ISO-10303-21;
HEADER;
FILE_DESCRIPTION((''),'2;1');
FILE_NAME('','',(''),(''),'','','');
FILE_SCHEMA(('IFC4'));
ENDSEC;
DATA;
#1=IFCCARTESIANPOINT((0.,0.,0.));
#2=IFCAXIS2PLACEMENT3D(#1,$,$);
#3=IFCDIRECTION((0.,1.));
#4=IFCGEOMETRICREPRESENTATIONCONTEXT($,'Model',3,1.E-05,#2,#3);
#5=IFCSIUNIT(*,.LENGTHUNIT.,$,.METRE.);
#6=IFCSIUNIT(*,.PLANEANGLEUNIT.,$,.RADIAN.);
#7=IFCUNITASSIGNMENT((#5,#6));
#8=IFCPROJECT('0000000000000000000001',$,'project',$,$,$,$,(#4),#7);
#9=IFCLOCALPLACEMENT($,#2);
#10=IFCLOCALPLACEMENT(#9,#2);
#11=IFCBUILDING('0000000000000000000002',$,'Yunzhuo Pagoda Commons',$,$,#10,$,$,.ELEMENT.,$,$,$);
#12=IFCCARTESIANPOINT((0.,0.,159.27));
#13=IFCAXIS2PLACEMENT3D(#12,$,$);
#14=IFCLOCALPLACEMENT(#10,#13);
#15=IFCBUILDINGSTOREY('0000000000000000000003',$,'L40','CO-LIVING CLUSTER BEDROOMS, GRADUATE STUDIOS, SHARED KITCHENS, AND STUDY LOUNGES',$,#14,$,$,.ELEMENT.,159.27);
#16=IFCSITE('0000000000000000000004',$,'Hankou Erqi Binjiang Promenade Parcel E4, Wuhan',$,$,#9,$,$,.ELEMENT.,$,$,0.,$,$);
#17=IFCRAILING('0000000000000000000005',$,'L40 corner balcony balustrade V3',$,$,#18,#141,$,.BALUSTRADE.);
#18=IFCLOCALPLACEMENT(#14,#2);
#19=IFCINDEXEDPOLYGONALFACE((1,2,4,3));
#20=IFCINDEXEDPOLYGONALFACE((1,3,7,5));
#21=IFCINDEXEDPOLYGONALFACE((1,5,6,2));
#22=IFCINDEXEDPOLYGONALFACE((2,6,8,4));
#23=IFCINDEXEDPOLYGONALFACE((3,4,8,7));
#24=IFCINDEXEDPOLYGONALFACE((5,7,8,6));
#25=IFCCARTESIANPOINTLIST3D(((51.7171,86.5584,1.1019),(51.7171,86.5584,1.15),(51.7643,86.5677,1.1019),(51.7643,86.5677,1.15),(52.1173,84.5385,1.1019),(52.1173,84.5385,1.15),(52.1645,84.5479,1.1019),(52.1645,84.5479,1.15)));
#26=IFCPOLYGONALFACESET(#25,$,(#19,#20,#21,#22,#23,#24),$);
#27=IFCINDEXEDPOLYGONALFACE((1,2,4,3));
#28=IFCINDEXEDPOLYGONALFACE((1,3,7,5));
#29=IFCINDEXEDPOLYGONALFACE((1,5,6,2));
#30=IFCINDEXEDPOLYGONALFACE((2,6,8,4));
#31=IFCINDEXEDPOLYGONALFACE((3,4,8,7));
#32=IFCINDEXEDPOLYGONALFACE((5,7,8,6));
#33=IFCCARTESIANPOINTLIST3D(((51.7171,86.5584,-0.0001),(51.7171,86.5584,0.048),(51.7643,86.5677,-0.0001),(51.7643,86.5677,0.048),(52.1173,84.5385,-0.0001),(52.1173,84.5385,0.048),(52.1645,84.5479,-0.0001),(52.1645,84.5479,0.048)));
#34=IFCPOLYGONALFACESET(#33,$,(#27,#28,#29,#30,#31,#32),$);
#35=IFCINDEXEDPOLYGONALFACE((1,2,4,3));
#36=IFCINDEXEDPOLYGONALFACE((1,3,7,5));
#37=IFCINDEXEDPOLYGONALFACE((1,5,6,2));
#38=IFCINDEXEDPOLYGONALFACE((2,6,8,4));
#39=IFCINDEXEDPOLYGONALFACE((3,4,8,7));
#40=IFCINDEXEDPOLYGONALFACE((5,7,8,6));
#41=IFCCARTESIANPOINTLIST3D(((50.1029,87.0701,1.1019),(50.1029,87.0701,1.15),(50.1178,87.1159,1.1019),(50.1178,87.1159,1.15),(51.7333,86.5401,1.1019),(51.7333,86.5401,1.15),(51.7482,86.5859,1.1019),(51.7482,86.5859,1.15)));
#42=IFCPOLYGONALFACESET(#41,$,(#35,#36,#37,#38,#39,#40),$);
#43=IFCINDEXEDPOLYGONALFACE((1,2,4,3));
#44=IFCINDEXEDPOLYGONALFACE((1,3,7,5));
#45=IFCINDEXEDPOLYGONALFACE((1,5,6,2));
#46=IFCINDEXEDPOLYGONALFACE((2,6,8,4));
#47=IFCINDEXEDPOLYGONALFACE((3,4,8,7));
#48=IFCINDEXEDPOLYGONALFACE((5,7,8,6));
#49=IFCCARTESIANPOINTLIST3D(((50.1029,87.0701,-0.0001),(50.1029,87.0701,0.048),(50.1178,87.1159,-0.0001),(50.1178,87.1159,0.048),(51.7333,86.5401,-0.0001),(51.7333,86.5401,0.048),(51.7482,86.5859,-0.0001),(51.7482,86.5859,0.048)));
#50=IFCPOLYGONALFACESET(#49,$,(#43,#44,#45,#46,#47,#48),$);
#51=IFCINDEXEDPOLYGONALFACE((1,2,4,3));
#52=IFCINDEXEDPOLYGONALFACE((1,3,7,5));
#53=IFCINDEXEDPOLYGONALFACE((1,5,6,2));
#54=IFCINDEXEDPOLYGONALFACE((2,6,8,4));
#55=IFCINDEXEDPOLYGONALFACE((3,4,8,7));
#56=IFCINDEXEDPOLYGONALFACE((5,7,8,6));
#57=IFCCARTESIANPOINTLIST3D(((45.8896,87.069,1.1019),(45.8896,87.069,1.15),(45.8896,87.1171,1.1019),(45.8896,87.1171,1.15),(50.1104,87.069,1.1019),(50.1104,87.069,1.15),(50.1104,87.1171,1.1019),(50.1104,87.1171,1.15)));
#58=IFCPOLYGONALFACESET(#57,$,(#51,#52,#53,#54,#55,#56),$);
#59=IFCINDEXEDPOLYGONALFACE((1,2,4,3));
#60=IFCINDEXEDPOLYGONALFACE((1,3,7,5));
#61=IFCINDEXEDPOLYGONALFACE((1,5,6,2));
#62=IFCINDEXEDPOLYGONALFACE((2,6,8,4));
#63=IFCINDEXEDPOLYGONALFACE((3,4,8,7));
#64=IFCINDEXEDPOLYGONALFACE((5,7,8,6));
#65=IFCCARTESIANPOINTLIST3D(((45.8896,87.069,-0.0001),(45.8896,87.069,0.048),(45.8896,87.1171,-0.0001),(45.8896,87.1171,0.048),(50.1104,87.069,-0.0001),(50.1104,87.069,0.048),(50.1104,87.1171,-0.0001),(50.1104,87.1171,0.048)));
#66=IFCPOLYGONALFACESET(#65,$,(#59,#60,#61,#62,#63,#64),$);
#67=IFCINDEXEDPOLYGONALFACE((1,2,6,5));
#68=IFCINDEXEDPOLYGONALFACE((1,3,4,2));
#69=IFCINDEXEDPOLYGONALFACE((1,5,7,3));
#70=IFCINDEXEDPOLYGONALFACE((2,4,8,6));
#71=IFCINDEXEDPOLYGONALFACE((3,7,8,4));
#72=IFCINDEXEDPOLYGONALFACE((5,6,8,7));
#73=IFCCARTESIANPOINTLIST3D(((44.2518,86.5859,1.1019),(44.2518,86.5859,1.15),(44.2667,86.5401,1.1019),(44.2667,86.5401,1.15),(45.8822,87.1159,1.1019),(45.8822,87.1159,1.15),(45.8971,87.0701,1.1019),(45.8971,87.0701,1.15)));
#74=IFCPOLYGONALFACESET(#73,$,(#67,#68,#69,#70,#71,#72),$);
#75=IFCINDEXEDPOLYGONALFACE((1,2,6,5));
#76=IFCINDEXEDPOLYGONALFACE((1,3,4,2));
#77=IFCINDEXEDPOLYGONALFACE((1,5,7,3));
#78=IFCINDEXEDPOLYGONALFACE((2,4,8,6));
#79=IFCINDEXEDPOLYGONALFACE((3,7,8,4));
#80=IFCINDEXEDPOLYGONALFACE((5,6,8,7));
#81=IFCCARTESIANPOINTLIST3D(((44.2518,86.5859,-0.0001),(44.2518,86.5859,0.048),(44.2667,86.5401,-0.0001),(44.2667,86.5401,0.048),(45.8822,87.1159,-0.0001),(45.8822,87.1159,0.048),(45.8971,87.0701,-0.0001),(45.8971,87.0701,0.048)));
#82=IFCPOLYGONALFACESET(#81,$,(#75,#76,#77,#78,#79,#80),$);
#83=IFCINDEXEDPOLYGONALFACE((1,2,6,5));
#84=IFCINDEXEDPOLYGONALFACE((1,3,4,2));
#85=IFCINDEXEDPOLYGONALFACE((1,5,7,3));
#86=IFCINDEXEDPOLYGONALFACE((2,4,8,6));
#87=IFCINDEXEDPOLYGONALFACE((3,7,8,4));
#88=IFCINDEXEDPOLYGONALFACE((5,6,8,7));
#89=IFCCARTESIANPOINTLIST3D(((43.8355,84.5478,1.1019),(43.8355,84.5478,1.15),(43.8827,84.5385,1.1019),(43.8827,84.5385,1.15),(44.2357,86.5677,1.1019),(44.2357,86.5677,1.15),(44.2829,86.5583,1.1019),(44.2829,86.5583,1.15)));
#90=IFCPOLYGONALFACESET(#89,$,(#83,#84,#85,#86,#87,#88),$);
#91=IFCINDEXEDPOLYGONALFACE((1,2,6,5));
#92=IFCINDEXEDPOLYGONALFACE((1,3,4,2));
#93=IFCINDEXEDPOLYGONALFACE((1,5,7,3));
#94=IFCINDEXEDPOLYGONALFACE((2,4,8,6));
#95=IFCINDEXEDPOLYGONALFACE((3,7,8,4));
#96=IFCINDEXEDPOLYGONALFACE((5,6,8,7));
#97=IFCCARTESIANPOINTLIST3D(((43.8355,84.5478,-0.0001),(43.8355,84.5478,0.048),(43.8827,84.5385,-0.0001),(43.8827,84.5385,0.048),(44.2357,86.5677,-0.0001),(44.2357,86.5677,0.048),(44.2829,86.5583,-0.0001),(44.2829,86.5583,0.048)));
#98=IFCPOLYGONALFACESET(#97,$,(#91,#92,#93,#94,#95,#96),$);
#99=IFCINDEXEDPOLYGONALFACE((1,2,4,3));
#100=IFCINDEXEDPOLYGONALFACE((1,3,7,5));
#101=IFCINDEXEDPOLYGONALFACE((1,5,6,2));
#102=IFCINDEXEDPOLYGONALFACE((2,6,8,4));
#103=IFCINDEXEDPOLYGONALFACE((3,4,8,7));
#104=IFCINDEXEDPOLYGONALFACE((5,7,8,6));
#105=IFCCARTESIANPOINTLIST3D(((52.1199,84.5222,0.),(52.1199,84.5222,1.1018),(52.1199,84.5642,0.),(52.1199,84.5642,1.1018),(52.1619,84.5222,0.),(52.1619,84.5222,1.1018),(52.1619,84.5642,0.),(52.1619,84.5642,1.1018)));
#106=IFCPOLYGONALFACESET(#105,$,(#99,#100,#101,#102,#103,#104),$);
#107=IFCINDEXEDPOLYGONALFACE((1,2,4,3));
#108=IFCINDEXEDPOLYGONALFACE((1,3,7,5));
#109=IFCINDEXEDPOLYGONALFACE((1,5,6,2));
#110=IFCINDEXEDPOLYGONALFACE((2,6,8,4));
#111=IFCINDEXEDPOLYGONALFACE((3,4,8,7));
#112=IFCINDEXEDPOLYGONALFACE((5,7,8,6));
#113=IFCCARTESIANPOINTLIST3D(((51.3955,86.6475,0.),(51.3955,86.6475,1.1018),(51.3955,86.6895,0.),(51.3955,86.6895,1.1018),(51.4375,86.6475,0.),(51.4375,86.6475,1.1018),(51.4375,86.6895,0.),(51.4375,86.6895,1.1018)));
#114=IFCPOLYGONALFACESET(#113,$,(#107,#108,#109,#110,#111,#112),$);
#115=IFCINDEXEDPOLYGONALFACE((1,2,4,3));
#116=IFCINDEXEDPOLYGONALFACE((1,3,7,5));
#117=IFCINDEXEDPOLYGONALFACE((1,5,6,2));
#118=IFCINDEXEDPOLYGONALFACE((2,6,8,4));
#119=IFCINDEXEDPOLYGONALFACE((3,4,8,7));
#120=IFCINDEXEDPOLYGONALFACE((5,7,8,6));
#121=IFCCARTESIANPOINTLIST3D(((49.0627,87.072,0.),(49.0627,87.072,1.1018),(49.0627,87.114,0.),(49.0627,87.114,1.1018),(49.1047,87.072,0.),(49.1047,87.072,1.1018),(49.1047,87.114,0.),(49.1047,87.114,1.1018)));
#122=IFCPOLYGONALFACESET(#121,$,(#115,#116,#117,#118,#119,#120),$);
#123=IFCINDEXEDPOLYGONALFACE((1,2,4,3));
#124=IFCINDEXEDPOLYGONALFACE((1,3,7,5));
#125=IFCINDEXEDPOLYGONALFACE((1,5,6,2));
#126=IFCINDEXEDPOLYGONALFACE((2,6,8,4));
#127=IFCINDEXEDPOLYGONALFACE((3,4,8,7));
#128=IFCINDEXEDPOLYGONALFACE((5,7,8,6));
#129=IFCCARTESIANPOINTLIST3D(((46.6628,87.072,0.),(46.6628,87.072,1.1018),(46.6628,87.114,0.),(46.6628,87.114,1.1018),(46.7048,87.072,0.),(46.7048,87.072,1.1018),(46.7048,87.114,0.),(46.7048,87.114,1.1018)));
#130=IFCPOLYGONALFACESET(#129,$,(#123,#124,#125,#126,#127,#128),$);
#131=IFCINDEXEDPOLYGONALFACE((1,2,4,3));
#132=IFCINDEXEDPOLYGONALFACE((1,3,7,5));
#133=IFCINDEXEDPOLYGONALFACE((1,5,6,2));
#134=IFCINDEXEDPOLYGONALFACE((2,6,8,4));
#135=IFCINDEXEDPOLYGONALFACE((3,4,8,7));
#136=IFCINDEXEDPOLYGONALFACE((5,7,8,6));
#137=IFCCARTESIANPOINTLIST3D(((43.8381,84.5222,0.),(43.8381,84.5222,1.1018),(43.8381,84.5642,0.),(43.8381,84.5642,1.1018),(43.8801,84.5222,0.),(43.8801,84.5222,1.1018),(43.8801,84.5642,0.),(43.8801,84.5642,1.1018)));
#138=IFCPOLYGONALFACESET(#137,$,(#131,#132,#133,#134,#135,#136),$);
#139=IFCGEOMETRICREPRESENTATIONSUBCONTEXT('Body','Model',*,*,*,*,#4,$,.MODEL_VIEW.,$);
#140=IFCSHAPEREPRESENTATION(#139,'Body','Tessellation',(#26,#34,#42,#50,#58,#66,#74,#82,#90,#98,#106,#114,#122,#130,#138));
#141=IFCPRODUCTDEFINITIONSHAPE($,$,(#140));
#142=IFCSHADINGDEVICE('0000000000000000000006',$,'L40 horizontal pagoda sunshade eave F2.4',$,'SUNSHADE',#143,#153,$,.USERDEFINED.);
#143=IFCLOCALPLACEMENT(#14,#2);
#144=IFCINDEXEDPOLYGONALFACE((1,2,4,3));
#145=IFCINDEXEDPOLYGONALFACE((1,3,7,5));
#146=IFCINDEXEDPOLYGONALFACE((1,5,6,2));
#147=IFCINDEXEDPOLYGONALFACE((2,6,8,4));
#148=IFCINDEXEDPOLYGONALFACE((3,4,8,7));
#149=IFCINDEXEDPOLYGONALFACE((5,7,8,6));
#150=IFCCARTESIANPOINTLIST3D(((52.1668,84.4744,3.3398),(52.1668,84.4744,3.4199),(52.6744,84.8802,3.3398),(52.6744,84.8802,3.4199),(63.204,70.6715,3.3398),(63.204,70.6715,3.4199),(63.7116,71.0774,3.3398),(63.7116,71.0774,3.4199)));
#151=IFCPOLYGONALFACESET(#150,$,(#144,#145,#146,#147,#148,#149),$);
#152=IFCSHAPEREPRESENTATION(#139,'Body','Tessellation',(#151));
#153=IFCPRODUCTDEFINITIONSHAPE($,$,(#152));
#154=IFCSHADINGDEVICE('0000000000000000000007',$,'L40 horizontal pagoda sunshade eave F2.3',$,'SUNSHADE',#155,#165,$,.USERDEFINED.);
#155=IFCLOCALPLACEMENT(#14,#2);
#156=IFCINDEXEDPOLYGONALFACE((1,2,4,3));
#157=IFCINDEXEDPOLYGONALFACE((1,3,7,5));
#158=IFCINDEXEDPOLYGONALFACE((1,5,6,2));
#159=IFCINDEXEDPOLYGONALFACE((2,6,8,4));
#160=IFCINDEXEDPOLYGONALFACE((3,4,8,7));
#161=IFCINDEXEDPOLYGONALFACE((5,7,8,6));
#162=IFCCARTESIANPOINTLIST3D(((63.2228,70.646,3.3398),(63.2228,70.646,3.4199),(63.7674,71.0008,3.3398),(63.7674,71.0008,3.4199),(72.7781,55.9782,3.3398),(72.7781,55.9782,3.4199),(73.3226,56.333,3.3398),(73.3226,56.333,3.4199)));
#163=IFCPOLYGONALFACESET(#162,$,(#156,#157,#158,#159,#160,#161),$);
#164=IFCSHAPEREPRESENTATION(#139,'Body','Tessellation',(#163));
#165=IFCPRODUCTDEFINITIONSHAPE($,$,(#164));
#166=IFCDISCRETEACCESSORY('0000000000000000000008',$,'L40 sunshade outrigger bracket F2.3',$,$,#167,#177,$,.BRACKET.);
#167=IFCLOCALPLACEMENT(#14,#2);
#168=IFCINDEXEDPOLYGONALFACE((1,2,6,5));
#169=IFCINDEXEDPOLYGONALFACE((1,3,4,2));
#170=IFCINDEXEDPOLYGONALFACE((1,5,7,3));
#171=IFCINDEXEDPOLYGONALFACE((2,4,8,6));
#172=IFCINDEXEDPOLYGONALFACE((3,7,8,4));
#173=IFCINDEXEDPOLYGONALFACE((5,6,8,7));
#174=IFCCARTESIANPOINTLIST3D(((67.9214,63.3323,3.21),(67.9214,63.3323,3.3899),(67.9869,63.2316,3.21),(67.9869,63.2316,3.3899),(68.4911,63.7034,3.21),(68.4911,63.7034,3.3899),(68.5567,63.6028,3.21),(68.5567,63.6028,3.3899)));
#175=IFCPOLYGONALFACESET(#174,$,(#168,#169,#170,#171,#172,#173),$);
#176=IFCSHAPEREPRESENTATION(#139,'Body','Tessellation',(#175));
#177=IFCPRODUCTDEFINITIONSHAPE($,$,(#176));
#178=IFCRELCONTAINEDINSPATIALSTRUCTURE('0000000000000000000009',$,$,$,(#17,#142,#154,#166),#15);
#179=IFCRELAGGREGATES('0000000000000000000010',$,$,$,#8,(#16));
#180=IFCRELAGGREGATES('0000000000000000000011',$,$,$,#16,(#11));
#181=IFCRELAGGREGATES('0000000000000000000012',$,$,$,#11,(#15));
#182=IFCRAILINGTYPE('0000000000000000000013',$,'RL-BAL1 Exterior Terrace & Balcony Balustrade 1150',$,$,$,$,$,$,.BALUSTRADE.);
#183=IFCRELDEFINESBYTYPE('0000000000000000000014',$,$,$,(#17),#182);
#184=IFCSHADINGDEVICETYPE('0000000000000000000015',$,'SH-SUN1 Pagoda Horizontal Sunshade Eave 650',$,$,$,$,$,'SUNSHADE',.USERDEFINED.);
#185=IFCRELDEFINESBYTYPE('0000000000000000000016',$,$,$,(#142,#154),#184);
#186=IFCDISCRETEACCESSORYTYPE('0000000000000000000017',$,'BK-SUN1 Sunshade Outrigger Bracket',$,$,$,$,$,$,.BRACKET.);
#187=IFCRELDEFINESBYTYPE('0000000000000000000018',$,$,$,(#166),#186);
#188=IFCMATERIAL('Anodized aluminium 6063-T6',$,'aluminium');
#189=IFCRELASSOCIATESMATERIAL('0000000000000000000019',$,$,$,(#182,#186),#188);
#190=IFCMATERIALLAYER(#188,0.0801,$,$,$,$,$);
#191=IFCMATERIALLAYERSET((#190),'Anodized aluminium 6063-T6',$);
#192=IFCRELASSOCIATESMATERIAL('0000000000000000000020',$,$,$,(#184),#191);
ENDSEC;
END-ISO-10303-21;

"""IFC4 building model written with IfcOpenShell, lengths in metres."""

from ifc_helpers import new_model, si_unit, direction, frame, origin, origin_2d, place, context, subcontext, project, spatial, rectangle, extrude, source, transform, mapped, material, layer, layer_set, type_object, element, save


model = new_model("IFC4")

# Units and contexts
model_context = context("Model", 3, precision=1e-05, world=origin(), true_north=direction((0.0, 1.0)))
body_context = subcontext(model_context, "Body", "Model", "MODEL_VIEW")
ifc_project = project(units=[si_unit("LENGTHUNIT", "METRE"), si_unit("PLANEANGLEUNIT", "RADIAN")], contexts=[model_context])

# Site, building, storey
site_placement = place(None, origin())
site = spatial("IfcSite", under=ifc_project, at=site_placement, Name="Hankou Erqi Binjiang Promenade Parcel E4, Wuhan", CompositionType="ELEMENT", RefElevation=0.0)
building_placement = place(site_placement, origin())
building = spatial("IfcBuilding", under=site, at=building_placement, Name="Yunzhuo Pagoda Commons", CompositionType="ELEMENT")
storey_placement = place(building_placement, frame((0.0, 0.0, 159.27)))
storey = spatial("IfcBuildingStorey", under=building, at=storey_placement, Name="L40", Description="CO-LIVING CLUSTER BEDROOMS, GRADUATE STUDIOS, SHARED KITCHENS, AND STUDY LOUNGES", CompositionType="ELEMENT", Elevation=159.27)

# Shared definitions
ifc_material_1 = material(Name="Anodized aluminium 6063-T6", Category="aluminium")

# Railing
railing_type_1 = type_object("IfcRailingType", Name="RL-BAL1 Exterior Terrace & Balcony Balustrade 1150", PredefinedType="BALUSTRADE", material=ifc_material_1)
railing_1_placement = place(storey_placement, frame((52.1409, 84.5432, 0.0)))
element("IfcRailing", 1, at=railing_1_placement, inside=storey, type_object=railing_type_1, Name="L40 corner balcony balustrade V3", PredefinedType="BALUSTRADE", context=body_context, shape_type="SweptSolid", body=[
    extrude(rectangle(XDim=0.0481, YDim=0.0481, at=origin_2d()), frame((0.0, 0.0, 1.126), z_axis=(-0.194337, 0.980935, 0.0), x_axis=(-0.980935, -0.194337, 0.0)), (0.0, 0.0, 1.0), 2.0591),
    extrude(rectangle(XDim=0.0481, YDim=0.0481, at=origin_2d()), frame((0.0, 0.0, 0.0239), z_axis=(-0.194337, 0.980935, 0.0), x_axis=(-0.980935, -0.194337, 0.0)), (0.0, 0.0, 1.0), 2.0591),
    extrude(rectangle(XDim=0.0481, YDim=0.0481, at=origin_2d()), frame((-0.4001, 2.0198, 1.126), z_axis=(-0.951007, 0.30917, 0.0), x_axis=(-0.30917, -0.951007, 0.0)), (0.0, 0.0, 1.0), 1.7144),
    extrude(rectangle(XDim=0.0481, YDim=0.0481, at=origin_2d()), frame((-0.4001, 2.0198, 0.0239), z_axis=(-0.951007, 0.30917, 0.0), x_axis=(-0.30917, -0.951007, 0.0)), (0.0, 0.0, 1.0), 1.7144),
    extrude(rectangle(XDim=0.0481, YDim=0.0481, at=origin_2d()), frame((-2.0305, 2.5498, 1.126), z_axis=(-1.0, 0.0, 0.0), x_axis=(0.0, -1.0, 0.0)), (0.0, 0.0, 1.0), 4.2207),
    extrude(rectangle(XDim=0.0481, YDim=0.0481, at=origin_2d()), frame((-2.0305, 2.5498, 0.0239), z_axis=(-1.0, 0.0, 0.0), x_axis=(0.0, -1.0, 0.0)), (0.0, 0.0, 1.0), 4.2207),
    extrude(rectangle(XDim=0.0481, YDim=0.0481, at=origin_2d()), frame((-6.2512, 2.5498, 1.126), z_axis=(-0.951007, -0.30917, 0.0), x_axis=(0.30917, -0.951007, 0.0)), (0.0, 0.0, 1.0), 1.7144),
    extrude(rectangle(XDim=0.0481, YDim=0.0481, at=origin_2d()), frame((-6.2512, 2.5498, 0.0239), z_axis=(-0.951007, -0.30917, 0.0), x_axis=(0.30917, -0.951007, 0.0)), (0.0, 0.0, 1.0), 1.7144),
    extrude(rectangle(XDim=0.0481, YDim=0.0481, at=origin_2d()), frame((-7.8816, 2.0198, 1.126), z_axis=(-0.194337, -0.980935, 0.0), x_axis=(0.980935, -0.194337, 0.0)), (0.0, 0.0, 1.0), 2.0591),
    extrude(rectangle(XDim=0.0481, YDim=0.0481, at=origin_2d()), frame((-7.8816, 2.0198, 0.0239), z_axis=(-0.194337, -0.980935, 0.0), x_axis=(0.980935, -0.194337, 0.0)), (0.0, 0.0, 1.0), 2.0591),
    extrude(rectangle(XDim=0.042, YDim=0.042, at=origin_2d()), origin(), (0.0, 0.0, 1.0), 1.1018),
    extrude(rectangle(XDim=0.042, YDim=0.042, at=origin_2d()), frame((-0.7244, 2.1252, 0.0)), (0.0, 0.0, 1.0), 1.1018),
    extrude(rectangle(XDim=0.042, YDim=0.042, at=origin_2d()), frame((-3.0571, 2.5498, 0.0)), (0.0, 0.0, 1.0), 1.1018),
    extrude(rectangle(XDim=0.042, YDim=0.042, at=origin_2d()), frame((-5.457, 2.5498, 0.0)), (0.0, 0.0, 1.0), 1.1018),
    extrude(rectangle(XDim=0.042, YDim=0.042, at=origin_2d()), frame((-8.2817, 0.0, 0.0)), (0.0, 0.0, 1.0), 1.1018),
])

# Shading devices
ifc_layer_1 = layer(ifc_material_1, 0.0801)
ifc_layer_set_1 = layer_set([ifc_layer_1], Name="Anodized aluminium 6063-T6")
shading_device_type = type_object("IfcShadingDeviceType", Name="SH-SUN1 Pagoda Horizontal Sunshade Eave 650", ElementType="SUNSHADE", PredefinedType="USERDEFINED", material=ifc_layer_set_1)
shared_shape_1 = source(origin(), body_context, "Body", "SweptSolid", [
    extrude(rectangle(XDim=17.6731, YDim=0.6499, at=origin_2d()), origin(), (0.0, 0.0, 1.0), 0.0801),
])
shading_device_1_placement = place(storey_placement, frame((57.9392, 77.7759, 3.3398), z_axis=(0.0, 0.0, 1.0), x_axis=(-0.62452, 0.781008, 0.0)))
element("IfcShadingDevice", 2, at=shading_device_1_placement, inside=storey, type_object=shading_device_type, Name="L40 horizontal pagoda sunshade eave F2.4", ObjectType="SUNSHADE", PredefinedType="USERDEFINED", context=body_context, shape_type="MappedRepresentation", body=[
    mapped(shared_shape_1, transform((0.0, 0.0, 0.0), scale=1.0)),
])
shared_shape_2 = source(origin(), body_context, "Body", "SweptSolid", [
    extrude(rectangle(XDim=17.5056, YDim=0.6499, at=origin_2d()), origin(), (0.0, 0.0, 1.0), 0.0801),
])
shading_device_2_placement = place(storey_placement, frame((68.2727, 63.4895, 3.3398), z_axis=(0.0, 0.0, 1.0), x_axis=(-0.545839, 0.83789, 0.0)))
element("IfcShadingDevice", 3, at=shading_device_2_placement, inside=storey, type_object=shading_device_type, Name="L40 horizontal pagoda sunshade eave F2.3", ObjectType="SUNSHADE", PredefinedType="USERDEFINED", context=body_context, shape_type="MappedRepresentation", body=[
    mapped(shared_shape_2, transform((0.0, 0.0, 0.0), scale=1.0)),
])

# Discrete accessory
discrete_accessory_type = type_object("IfcDiscreteAccessoryType", Name="BK-SUN1 Sunshade Outrigger Bracket", PredefinedType="BRACKET", material=ifc_material_1)
shared_shape_3 = source(origin(), body_context, "Body", "SweptSolid", [
    extrude(rectangle(XDim=0.1201, YDim=0.6799, at=origin_2d()), origin(), (0.0, 0.0, 1.0), 0.1799),
])
discrete_accessory_placement = place(storey_placement, frame((68.239, 63.4675, 3.21), z_axis=(0.0, 0.0, 1.0), x_axis=(-0.545839, 0.83789, 0.0)))
element("IfcDiscreteAccessory", 4, at=discrete_accessory_placement, inside=storey, type_object=discrete_accessory_type, Name="L40 sunshade outrigger bracket F2.3", PredefinedType="BRACKET", context=body_context, shape_type="MappedRepresentation", body=[
    mapped(shared_shape_3, transform((0.0, 0.0, 0.0), scale=1.0)),
])

save(model, "model.ifc")
